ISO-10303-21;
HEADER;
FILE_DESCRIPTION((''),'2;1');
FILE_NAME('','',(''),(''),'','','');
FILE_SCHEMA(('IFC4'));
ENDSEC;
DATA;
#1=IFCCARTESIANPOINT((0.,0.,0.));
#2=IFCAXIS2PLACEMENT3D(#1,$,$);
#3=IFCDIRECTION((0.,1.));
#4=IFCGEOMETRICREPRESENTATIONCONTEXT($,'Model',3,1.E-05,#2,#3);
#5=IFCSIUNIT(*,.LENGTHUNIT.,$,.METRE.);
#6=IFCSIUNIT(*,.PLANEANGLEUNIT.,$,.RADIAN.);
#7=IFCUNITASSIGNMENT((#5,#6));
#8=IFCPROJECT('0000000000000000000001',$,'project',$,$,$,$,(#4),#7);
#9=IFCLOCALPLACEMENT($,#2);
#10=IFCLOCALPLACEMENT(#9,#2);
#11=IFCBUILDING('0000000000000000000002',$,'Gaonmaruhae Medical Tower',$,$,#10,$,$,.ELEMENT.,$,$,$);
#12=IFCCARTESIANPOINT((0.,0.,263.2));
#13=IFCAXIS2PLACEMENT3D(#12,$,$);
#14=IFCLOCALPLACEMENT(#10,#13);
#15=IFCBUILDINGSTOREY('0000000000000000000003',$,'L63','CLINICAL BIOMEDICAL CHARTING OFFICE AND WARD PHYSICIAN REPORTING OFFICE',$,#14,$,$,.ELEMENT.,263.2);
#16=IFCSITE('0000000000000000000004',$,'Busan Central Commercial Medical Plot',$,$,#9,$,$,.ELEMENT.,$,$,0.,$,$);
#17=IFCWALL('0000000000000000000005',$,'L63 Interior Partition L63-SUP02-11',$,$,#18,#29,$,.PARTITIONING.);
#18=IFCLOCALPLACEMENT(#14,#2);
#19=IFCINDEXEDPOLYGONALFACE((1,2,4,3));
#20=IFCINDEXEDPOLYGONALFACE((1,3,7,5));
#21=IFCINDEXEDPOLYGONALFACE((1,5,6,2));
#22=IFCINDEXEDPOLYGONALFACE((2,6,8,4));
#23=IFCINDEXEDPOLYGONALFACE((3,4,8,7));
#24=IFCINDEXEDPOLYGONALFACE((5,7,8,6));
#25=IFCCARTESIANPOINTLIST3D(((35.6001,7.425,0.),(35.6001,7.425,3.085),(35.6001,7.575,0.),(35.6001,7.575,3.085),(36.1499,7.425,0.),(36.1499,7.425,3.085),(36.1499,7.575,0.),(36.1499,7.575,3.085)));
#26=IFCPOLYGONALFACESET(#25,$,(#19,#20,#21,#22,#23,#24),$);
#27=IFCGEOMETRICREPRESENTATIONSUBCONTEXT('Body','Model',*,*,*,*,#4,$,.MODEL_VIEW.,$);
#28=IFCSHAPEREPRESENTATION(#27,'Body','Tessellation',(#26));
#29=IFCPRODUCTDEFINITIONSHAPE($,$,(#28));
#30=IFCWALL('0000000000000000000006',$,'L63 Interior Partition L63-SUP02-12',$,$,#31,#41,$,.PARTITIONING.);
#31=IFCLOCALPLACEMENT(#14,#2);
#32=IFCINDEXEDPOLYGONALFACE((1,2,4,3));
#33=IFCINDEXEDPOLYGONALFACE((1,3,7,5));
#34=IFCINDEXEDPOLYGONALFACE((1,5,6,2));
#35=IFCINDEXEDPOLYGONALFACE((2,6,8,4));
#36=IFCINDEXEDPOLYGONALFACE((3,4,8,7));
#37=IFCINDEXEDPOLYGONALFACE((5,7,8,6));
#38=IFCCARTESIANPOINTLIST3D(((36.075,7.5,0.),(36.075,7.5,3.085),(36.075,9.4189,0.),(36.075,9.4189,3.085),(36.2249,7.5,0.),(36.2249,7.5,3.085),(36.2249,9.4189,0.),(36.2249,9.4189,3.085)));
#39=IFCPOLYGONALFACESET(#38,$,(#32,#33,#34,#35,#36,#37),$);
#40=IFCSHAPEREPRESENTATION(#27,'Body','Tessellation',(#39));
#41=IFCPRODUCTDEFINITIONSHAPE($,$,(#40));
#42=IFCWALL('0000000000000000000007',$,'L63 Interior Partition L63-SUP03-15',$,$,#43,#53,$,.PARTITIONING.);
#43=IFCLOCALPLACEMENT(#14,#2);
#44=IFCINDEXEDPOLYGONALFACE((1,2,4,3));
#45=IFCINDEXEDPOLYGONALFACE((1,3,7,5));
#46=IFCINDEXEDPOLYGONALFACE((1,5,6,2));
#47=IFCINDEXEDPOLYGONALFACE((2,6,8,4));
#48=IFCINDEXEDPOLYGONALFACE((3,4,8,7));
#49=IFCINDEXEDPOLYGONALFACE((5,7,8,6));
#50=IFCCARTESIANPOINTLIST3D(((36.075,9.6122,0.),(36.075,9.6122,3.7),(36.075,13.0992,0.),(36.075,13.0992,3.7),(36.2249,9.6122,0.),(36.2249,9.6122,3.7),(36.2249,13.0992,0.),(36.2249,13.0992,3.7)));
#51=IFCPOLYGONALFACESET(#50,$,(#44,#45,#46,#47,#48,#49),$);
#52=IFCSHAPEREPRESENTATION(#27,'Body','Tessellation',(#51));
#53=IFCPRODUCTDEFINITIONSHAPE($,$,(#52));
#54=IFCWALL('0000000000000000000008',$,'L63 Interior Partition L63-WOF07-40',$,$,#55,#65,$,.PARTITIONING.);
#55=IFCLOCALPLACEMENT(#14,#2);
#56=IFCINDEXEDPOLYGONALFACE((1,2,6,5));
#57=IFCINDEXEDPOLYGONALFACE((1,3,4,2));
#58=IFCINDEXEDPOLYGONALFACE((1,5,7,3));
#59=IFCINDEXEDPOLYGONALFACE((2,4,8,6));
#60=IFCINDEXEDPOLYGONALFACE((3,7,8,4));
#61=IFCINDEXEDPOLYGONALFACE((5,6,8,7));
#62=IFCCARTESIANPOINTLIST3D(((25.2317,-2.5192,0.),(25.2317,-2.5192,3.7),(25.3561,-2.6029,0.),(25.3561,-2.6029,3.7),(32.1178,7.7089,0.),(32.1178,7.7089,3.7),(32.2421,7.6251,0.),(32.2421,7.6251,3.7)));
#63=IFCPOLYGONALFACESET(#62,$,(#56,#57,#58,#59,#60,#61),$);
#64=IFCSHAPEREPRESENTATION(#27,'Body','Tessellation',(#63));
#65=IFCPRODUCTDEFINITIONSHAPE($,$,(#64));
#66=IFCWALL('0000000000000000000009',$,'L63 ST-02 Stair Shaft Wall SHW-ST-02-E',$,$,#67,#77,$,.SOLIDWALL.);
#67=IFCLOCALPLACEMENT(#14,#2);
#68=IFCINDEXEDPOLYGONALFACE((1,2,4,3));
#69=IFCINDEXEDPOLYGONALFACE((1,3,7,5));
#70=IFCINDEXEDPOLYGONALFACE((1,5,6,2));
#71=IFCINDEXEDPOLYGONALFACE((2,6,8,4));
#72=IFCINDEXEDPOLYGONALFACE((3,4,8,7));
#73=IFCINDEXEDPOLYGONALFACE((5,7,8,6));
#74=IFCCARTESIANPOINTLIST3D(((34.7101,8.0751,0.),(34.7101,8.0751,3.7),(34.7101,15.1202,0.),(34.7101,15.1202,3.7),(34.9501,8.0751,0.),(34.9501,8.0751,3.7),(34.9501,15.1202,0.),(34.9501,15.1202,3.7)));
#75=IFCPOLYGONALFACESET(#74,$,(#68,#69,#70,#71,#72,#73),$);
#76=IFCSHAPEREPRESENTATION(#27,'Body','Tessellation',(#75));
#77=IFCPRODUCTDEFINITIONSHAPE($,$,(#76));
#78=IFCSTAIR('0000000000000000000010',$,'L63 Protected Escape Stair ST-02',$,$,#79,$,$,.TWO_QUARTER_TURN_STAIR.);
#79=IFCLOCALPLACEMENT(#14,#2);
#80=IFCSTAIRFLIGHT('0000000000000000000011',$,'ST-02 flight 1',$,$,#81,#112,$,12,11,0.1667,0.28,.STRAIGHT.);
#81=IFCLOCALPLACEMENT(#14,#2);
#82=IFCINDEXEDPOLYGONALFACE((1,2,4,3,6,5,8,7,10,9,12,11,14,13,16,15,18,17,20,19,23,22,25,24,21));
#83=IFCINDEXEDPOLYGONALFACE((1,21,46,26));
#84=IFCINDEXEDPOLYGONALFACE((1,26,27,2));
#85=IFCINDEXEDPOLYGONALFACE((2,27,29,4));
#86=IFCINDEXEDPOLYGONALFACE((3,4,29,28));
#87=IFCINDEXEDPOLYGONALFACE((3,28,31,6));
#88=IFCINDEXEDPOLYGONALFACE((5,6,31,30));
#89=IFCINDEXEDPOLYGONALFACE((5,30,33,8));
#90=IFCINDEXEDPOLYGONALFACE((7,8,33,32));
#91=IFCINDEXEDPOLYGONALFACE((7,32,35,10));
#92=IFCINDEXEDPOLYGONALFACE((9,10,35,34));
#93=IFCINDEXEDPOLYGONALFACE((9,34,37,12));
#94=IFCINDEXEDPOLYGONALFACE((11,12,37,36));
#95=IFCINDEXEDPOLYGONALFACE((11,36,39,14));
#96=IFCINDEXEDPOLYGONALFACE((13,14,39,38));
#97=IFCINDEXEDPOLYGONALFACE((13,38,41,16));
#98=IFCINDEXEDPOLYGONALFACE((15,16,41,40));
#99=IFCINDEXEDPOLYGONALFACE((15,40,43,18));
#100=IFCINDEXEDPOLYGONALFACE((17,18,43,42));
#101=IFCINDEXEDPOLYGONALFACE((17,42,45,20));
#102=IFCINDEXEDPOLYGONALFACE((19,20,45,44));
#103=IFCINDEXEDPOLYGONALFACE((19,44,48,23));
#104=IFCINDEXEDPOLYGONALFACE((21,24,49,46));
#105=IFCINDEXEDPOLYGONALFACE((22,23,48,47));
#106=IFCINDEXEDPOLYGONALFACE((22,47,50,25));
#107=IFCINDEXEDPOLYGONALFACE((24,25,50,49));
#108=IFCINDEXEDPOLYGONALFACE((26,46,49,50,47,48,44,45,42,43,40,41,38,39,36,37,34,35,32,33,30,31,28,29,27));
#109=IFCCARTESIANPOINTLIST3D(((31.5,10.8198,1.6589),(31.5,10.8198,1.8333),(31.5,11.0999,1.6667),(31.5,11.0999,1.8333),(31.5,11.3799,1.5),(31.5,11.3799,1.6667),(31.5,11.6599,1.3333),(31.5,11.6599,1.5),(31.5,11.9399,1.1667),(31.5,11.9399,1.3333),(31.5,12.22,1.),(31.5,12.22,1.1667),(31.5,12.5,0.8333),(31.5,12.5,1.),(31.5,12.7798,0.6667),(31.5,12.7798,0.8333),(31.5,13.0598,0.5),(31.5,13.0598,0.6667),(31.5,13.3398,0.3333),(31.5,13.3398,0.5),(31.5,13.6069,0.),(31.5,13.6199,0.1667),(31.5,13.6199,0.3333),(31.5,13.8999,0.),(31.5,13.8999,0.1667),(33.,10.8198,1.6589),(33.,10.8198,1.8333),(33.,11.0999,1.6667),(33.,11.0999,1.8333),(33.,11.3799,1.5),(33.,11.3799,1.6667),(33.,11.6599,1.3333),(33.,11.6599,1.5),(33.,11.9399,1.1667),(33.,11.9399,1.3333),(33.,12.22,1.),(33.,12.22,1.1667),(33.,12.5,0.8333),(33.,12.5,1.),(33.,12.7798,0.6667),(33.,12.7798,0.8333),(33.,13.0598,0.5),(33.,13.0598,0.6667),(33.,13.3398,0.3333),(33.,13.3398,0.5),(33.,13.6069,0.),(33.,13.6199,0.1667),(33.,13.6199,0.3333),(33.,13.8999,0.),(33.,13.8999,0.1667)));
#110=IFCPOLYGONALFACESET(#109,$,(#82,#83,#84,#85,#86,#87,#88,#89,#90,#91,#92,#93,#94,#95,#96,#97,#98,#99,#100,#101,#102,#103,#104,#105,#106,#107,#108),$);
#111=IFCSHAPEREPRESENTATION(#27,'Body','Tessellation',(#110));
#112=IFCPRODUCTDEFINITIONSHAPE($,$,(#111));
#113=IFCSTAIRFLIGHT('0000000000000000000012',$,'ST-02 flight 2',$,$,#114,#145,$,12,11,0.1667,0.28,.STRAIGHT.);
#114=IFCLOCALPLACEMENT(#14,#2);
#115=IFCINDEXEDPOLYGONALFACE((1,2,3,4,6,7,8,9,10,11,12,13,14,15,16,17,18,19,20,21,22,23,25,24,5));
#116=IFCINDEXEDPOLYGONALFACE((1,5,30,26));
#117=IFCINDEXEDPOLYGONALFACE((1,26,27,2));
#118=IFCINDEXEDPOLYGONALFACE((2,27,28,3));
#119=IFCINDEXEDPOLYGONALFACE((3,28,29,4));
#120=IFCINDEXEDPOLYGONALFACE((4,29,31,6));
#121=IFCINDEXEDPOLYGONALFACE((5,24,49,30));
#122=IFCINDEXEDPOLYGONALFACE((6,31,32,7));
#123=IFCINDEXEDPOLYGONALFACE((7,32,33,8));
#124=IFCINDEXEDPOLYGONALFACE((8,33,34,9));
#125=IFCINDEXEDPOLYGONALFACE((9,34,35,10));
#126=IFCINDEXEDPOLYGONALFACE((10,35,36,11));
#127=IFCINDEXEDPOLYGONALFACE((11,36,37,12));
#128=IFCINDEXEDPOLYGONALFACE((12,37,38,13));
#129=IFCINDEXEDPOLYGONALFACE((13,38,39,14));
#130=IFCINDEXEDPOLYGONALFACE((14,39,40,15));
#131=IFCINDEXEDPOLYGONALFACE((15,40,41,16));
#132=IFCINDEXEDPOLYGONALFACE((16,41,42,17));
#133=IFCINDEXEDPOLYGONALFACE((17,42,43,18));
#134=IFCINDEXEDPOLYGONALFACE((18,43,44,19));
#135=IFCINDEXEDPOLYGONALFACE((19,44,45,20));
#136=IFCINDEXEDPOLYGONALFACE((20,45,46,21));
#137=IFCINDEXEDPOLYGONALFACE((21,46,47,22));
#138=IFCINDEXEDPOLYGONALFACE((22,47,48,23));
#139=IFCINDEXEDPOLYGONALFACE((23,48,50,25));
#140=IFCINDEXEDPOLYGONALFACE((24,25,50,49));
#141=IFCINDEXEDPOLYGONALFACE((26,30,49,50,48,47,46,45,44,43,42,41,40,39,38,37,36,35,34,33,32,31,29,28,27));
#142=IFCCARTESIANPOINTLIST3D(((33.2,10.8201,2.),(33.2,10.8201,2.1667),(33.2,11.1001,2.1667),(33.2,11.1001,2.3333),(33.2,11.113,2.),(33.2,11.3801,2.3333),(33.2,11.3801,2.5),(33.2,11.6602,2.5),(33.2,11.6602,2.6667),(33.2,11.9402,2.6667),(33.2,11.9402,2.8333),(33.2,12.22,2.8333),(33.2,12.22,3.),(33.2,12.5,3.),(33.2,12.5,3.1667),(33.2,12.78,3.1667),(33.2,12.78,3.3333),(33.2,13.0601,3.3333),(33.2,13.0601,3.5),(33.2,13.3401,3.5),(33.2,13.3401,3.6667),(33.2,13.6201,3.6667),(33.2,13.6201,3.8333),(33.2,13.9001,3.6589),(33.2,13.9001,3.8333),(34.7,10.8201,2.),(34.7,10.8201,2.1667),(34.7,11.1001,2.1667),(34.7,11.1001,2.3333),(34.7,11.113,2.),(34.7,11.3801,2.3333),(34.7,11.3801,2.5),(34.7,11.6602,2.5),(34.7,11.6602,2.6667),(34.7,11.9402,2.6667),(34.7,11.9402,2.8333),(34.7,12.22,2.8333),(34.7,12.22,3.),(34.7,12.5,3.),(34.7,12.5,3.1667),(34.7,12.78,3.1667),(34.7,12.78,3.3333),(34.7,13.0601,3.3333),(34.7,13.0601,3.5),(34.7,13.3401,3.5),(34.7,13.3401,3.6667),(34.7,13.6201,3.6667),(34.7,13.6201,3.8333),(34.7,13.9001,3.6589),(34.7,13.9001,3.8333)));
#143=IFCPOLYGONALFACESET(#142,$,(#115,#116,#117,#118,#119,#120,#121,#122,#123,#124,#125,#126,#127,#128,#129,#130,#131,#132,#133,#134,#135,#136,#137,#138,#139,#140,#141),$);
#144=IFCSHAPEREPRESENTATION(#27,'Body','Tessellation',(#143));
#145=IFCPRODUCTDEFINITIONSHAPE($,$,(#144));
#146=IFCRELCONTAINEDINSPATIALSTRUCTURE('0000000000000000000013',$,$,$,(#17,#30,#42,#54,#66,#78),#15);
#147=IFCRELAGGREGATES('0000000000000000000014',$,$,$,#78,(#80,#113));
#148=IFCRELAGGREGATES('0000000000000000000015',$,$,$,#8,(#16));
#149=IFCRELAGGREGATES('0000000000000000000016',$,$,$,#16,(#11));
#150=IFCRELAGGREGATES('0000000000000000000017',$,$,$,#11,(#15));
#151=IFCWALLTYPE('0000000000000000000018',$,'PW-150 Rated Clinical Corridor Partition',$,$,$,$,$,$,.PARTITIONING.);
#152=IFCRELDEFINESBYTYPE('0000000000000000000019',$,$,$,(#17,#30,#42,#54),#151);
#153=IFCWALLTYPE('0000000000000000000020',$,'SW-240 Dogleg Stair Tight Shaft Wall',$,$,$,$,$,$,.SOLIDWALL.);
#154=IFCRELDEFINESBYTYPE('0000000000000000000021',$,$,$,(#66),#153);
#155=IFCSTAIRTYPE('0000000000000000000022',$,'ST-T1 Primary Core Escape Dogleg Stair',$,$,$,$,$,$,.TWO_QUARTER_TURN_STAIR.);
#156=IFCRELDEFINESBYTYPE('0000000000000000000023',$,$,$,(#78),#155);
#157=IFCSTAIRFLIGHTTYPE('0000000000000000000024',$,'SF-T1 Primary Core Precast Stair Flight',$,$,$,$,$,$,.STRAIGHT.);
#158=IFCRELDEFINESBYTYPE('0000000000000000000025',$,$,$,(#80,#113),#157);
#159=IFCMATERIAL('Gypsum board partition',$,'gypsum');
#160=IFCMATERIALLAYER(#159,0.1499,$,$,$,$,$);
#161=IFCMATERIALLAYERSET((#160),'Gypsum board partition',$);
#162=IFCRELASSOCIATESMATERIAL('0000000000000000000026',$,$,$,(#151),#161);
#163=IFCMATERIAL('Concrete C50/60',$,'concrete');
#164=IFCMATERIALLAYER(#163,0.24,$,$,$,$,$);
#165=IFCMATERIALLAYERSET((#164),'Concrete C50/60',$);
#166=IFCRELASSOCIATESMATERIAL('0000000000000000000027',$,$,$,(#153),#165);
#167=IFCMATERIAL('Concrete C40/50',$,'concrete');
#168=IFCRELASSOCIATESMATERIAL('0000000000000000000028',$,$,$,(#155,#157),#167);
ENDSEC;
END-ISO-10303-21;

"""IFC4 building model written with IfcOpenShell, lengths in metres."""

from ifc_helpers import new_model, si_unit, direction, frame, frame_2d, origin, place, context, subcontext, project, spatial, polyline, rectangle, outline, extrude, material, layer, layer_set, type_object, element, aggregate, save


model = new_model("IFC4")

# Units and contexts
model_context = context("Model", 3, precision=1e-05, world=origin(), true_north=direction((0.0, 1.0)))
body_context = subcontext(model_context, "Body", "Model", "MODEL_VIEW")
ifc_project = project(units=[si_unit("LENGTHUNIT", "METRE"), si_unit("PLANEANGLEUNIT", "RADIAN")], contexts=[model_context])

# Site, building, storey
site_placement = place(None, origin())
site = spatial("IfcSite", under=ifc_project, at=site_placement, Name="Busan Central Commercial Medical Plot", CompositionType="ELEMENT", RefElevation=0.0)
building_placement = place(site_placement, origin())
building = spatial("IfcBuilding", under=site, at=building_placement, Name="Gaonmaruhae Medical Tower", CompositionType="ELEMENT")
storey_placement = place(building_placement, frame((0.0, 0.0, 263.2)))
storey = spatial("IfcBuildingStorey", under=building, at=storey_placement, Name="L63", Description="CLINICAL BIOMEDICAL CHARTING OFFICE AND WARD PHYSICIAN REPORTING OFFICE", CompositionType="ELEMENT", Elevation=263.2)

# Shared definitions
ifc_material_1 = material(Name="Concrete C50/60", Category="concrete")

# Shared definitions
ifc_material_2 = material(Name="Gypsum board partition", Category="gypsum")
ifc_layer_1 = layer(ifc_material_2, 0.1499)
ifc_layer_set_1 = layer_set([ifc_layer_1], Name="Gypsum board partition")
wall_type_1 = type_object("IfcWallType", Name="PW-150 Rated Clinical Corridor Partition", PredefinedType="PARTITIONING", material=ifc_layer_set_1)

# Walls
wall_1_placement = place(storey_placement, frame((35.6001, 7.5, 0.0), z_axis=(0.0, 0.0, 1.0), x_axis=(1.0, 0.0, 0.0)))
element("IfcWall", 1, at=wall_1_placement, inside=storey, type_object=wall_type_1, Name="L63 Interior Partition L63-SUP02-11", PredefinedType="PARTITIONING", context=body_context, shape_type="SweptSolid", body=[
    extrude(rectangle(XDim=0.5498, YDim=0.1499, at=frame_2d((0.2749, 0.0))), origin(), (0.0, 0.0, 1.0), 3.085),
])
wall_2_placement = place(storey_placement, frame((36.1499, 7.5, 0.0), z_axis=(0.0, 0.0, 1.0), x_axis=(0.0, 1.0, 0.0)))
element("IfcWall", 2, at=wall_2_placement, inside=storey, type_object=wall_type_1, Name="L63 Interior Partition L63-SUP02-12", PredefinedType="PARTITIONING", context=body_context, shape_type="SweptSolid", body=[
    extrude(rectangle(XDim=1.9189, YDim=0.1499, at=frame_2d((0.9595, 0.0))), origin(), (0.0, 0.0, 1.0), 3.085),
])
wall_3_placement = place(storey_placement, frame((36.1499, 9.6121, 0.0), z_axis=(0.0, 0.0, 1.0), x_axis=(0.0, 1.0, 0.0)))
element("IfcWall", 3, at=wall_3_placement, inside=storey, type_object=wall_type_1, Name="L63 Interior Partition L63-SUP03-15", PredefinedType="PARTITIONING", context=body_context, shape_type="SweptSolid", body=[
    extrude(rectangle(XDim=3.4871, YDim=0.1499, at=frame_2d((1.7437, 0.0))), origin(), (0.0, 0.0, 1.0), 3.7),
])

# Walls
wall_4_placement = place(storey_placement, frame((32.1799, 7.667, 0.0), z_axis=(0.0, 0.0, 1.0), x_axis=(-0.558473, -0.829522, 0.0)))
element("IfcWall", 4, at=wall_4_placement, inside=storey, type_object=wall_type_1, Name="L63 Interior Partition L63-WOF07-40", PredefinedType="PARTITIONING", context=body_context, shape_type="SweptSolid", body=[
    extrude(rectangle(XDim=12.3301, YDim=0.1499, at=frame_2d((6.165, 0.0))), origin(), (0.0, 0.0, 1.0), 3.7),
])
ifc_layer_2 = layer(ifc_material_1, 0.24)
ifc_layer_set_2 = layer_set([ifc_layer_2], Name="Concrete C50/60")
wall_type_2 = type_object("IfcWallType", Name="SW-240 Dogleg Stair Tight Shaft Wall", PredefinedType="SOLIDWALL", material=ifc_layer_set_2)
wall_5_placement = place(storey_placement, frame((34.8301, 15.1201, 0.0), z_axis=(0.0, 0.0, 1.0), x_axis=(0.0, -1.0, 0.0)))
element("IfcWall", 5, at=wall_5_placement, inside=storey, type_object=wall_type_2, Name="L63 ST-02 Stair Shaft Wall SHW-ST-02-E", PredefinedType="SOLIDWALL", context=body_context, shape_type="SweptSolid", body=[
    extrude(rectangle(XDim=7.0452, YDim=0.24, at=frame_2d((3.5225, 0.0))), origin(), (0.0, 0.0, 1.0), 3.7),
])

# Stair, stair flights
ifc_material_3 = material(Name="Concrete C40/50", Category="concrete")
stair_type = type_object("IfcStairType", Name="ST-T1 Primary Core Escape Dogleg Stair", PredefinedType="TWO_QUARTER_TURN_STAIR", material=ifc_material_3)
stair_placement = place(storey_placement, origin())
stair = element("IfcStair", 6, at=stair_placement, inside=storey, type_object=stair_type, Name="L63 Protected Escape Stair ST-02", PredefinedType="TWO_QUARTER_TURN_STAIR")
stair_flight_type = type_object("IfcStairFlightType", Name="SF-T1 Primary Core Precast Stair Flight", PredefinedType="STRAIGHT", material=ifc_material_3)
stair_flight_1_placement = place(storey_placement, frame((32.25, 13.8999, 0.0), z_axis=(0.0, 0.0, 1.0), x_axis=(0.0, -1.0, 0.0)))
stair_flight_1 = element("IfcStairFlight", 7, at=stair_flight_1_placement, type_object=stair_flight_type, Name="ST-02 flight 1", NumberOfRisers=12, NumberOfTreads=11, PredefinedType="STRAIGHT", RiserHeight=0.1667, TreadLength=0.28, context=body_context, shape_type="SweptSolid", body=[
    extrude(outline(polyline([(0.0, 0.0), (0.0, 0.1667), (0.28, 0.1667), (0.28, 0.3333), (0.5601, 0.3333), (0.5601, 0.5), (0.8401, 0.5), (0.8401, 0.6667), (1.1201, 0.6667), (1.1201, 0.8333), (1.3999, 0.8333), (1.3999, 1.0), (1.6799, 1.0), (1.6799, 1.1667), (1.96, 1.1667), (1.96, 1.3333), (2.24, 1.3333), (2.24, 1.5), (2.52, 1.5), (2.52, 1.6667), (2.8, 1.6667), (2.8, 1.8333), (3.0801, 1.8333), (3.0801, 2.0), (3.0801, 1.6589), (0.293, 0.0), (0.0, 0.0)])), frame((0.0, 0.75, 0.0), z_axis=(0.0, -1.0, 0.0), x_axis=(1.0, 0.0, 0.0)), (0.0, 0.0, 1.0), 1.5),
])
stair_flight_2_placement = place(storey_placement, frame((33.95, 10.8201, 2.0), z_axis=(0.0, 0.0, 1.0), x_axis=(0.0, 1.0, 0.0)))
stair_flight_2 = element("IfcStairFlight", 8, at=stair_flight_2_placement, type_object=stair_flight_type, Name="ST-02 flight 2", NumberOfRisers=12, NumberOfTreads=11, PredefinedType="STRAIGHT", RiserHeight=0.1667, TreadLength=0.28, context=body_context, shape_type="SweptSolid", body=[
    extrude(outline(polyline([(0.0, 0.0), (0.0, 0.1667), (0.28, 0.1667), (0.28, 0.3333), (0.5601, 0.3333), (0.5601, 0.5), (0.8401, 0.5), (0.8401, 0.6667), (1.1201, 0.6667), (1.1201, 0.8333), (1.3999, 0.8333), (1.3999, 1.0), (1.6799, 1.0), (1.6799, 1.1667), (1.96, 1.1667), (1.96, 1.3333), (2.24, 1.3333), (2.24, 1.5), (2.52, 1.5), (2.52, 1.6667), (2.8, 1.6667), (2.8, 1.8333), (3.0801, 1.8333), (3.0801, 2.0), (3.0801, 1.6589), (0.293, 0.0), (0.0, 0.0)])), frame((0.0, 0.75, 0.0), z_axis=(0.0, -1.0, 0.0), x_axis=(1.0, 0.0, 0.0)), (0.0, 0.0, 1.0), 1.5),
])
aggregate(stair, [stair_flight_1, stair_flight_2])

save(model, "model.ifc")
